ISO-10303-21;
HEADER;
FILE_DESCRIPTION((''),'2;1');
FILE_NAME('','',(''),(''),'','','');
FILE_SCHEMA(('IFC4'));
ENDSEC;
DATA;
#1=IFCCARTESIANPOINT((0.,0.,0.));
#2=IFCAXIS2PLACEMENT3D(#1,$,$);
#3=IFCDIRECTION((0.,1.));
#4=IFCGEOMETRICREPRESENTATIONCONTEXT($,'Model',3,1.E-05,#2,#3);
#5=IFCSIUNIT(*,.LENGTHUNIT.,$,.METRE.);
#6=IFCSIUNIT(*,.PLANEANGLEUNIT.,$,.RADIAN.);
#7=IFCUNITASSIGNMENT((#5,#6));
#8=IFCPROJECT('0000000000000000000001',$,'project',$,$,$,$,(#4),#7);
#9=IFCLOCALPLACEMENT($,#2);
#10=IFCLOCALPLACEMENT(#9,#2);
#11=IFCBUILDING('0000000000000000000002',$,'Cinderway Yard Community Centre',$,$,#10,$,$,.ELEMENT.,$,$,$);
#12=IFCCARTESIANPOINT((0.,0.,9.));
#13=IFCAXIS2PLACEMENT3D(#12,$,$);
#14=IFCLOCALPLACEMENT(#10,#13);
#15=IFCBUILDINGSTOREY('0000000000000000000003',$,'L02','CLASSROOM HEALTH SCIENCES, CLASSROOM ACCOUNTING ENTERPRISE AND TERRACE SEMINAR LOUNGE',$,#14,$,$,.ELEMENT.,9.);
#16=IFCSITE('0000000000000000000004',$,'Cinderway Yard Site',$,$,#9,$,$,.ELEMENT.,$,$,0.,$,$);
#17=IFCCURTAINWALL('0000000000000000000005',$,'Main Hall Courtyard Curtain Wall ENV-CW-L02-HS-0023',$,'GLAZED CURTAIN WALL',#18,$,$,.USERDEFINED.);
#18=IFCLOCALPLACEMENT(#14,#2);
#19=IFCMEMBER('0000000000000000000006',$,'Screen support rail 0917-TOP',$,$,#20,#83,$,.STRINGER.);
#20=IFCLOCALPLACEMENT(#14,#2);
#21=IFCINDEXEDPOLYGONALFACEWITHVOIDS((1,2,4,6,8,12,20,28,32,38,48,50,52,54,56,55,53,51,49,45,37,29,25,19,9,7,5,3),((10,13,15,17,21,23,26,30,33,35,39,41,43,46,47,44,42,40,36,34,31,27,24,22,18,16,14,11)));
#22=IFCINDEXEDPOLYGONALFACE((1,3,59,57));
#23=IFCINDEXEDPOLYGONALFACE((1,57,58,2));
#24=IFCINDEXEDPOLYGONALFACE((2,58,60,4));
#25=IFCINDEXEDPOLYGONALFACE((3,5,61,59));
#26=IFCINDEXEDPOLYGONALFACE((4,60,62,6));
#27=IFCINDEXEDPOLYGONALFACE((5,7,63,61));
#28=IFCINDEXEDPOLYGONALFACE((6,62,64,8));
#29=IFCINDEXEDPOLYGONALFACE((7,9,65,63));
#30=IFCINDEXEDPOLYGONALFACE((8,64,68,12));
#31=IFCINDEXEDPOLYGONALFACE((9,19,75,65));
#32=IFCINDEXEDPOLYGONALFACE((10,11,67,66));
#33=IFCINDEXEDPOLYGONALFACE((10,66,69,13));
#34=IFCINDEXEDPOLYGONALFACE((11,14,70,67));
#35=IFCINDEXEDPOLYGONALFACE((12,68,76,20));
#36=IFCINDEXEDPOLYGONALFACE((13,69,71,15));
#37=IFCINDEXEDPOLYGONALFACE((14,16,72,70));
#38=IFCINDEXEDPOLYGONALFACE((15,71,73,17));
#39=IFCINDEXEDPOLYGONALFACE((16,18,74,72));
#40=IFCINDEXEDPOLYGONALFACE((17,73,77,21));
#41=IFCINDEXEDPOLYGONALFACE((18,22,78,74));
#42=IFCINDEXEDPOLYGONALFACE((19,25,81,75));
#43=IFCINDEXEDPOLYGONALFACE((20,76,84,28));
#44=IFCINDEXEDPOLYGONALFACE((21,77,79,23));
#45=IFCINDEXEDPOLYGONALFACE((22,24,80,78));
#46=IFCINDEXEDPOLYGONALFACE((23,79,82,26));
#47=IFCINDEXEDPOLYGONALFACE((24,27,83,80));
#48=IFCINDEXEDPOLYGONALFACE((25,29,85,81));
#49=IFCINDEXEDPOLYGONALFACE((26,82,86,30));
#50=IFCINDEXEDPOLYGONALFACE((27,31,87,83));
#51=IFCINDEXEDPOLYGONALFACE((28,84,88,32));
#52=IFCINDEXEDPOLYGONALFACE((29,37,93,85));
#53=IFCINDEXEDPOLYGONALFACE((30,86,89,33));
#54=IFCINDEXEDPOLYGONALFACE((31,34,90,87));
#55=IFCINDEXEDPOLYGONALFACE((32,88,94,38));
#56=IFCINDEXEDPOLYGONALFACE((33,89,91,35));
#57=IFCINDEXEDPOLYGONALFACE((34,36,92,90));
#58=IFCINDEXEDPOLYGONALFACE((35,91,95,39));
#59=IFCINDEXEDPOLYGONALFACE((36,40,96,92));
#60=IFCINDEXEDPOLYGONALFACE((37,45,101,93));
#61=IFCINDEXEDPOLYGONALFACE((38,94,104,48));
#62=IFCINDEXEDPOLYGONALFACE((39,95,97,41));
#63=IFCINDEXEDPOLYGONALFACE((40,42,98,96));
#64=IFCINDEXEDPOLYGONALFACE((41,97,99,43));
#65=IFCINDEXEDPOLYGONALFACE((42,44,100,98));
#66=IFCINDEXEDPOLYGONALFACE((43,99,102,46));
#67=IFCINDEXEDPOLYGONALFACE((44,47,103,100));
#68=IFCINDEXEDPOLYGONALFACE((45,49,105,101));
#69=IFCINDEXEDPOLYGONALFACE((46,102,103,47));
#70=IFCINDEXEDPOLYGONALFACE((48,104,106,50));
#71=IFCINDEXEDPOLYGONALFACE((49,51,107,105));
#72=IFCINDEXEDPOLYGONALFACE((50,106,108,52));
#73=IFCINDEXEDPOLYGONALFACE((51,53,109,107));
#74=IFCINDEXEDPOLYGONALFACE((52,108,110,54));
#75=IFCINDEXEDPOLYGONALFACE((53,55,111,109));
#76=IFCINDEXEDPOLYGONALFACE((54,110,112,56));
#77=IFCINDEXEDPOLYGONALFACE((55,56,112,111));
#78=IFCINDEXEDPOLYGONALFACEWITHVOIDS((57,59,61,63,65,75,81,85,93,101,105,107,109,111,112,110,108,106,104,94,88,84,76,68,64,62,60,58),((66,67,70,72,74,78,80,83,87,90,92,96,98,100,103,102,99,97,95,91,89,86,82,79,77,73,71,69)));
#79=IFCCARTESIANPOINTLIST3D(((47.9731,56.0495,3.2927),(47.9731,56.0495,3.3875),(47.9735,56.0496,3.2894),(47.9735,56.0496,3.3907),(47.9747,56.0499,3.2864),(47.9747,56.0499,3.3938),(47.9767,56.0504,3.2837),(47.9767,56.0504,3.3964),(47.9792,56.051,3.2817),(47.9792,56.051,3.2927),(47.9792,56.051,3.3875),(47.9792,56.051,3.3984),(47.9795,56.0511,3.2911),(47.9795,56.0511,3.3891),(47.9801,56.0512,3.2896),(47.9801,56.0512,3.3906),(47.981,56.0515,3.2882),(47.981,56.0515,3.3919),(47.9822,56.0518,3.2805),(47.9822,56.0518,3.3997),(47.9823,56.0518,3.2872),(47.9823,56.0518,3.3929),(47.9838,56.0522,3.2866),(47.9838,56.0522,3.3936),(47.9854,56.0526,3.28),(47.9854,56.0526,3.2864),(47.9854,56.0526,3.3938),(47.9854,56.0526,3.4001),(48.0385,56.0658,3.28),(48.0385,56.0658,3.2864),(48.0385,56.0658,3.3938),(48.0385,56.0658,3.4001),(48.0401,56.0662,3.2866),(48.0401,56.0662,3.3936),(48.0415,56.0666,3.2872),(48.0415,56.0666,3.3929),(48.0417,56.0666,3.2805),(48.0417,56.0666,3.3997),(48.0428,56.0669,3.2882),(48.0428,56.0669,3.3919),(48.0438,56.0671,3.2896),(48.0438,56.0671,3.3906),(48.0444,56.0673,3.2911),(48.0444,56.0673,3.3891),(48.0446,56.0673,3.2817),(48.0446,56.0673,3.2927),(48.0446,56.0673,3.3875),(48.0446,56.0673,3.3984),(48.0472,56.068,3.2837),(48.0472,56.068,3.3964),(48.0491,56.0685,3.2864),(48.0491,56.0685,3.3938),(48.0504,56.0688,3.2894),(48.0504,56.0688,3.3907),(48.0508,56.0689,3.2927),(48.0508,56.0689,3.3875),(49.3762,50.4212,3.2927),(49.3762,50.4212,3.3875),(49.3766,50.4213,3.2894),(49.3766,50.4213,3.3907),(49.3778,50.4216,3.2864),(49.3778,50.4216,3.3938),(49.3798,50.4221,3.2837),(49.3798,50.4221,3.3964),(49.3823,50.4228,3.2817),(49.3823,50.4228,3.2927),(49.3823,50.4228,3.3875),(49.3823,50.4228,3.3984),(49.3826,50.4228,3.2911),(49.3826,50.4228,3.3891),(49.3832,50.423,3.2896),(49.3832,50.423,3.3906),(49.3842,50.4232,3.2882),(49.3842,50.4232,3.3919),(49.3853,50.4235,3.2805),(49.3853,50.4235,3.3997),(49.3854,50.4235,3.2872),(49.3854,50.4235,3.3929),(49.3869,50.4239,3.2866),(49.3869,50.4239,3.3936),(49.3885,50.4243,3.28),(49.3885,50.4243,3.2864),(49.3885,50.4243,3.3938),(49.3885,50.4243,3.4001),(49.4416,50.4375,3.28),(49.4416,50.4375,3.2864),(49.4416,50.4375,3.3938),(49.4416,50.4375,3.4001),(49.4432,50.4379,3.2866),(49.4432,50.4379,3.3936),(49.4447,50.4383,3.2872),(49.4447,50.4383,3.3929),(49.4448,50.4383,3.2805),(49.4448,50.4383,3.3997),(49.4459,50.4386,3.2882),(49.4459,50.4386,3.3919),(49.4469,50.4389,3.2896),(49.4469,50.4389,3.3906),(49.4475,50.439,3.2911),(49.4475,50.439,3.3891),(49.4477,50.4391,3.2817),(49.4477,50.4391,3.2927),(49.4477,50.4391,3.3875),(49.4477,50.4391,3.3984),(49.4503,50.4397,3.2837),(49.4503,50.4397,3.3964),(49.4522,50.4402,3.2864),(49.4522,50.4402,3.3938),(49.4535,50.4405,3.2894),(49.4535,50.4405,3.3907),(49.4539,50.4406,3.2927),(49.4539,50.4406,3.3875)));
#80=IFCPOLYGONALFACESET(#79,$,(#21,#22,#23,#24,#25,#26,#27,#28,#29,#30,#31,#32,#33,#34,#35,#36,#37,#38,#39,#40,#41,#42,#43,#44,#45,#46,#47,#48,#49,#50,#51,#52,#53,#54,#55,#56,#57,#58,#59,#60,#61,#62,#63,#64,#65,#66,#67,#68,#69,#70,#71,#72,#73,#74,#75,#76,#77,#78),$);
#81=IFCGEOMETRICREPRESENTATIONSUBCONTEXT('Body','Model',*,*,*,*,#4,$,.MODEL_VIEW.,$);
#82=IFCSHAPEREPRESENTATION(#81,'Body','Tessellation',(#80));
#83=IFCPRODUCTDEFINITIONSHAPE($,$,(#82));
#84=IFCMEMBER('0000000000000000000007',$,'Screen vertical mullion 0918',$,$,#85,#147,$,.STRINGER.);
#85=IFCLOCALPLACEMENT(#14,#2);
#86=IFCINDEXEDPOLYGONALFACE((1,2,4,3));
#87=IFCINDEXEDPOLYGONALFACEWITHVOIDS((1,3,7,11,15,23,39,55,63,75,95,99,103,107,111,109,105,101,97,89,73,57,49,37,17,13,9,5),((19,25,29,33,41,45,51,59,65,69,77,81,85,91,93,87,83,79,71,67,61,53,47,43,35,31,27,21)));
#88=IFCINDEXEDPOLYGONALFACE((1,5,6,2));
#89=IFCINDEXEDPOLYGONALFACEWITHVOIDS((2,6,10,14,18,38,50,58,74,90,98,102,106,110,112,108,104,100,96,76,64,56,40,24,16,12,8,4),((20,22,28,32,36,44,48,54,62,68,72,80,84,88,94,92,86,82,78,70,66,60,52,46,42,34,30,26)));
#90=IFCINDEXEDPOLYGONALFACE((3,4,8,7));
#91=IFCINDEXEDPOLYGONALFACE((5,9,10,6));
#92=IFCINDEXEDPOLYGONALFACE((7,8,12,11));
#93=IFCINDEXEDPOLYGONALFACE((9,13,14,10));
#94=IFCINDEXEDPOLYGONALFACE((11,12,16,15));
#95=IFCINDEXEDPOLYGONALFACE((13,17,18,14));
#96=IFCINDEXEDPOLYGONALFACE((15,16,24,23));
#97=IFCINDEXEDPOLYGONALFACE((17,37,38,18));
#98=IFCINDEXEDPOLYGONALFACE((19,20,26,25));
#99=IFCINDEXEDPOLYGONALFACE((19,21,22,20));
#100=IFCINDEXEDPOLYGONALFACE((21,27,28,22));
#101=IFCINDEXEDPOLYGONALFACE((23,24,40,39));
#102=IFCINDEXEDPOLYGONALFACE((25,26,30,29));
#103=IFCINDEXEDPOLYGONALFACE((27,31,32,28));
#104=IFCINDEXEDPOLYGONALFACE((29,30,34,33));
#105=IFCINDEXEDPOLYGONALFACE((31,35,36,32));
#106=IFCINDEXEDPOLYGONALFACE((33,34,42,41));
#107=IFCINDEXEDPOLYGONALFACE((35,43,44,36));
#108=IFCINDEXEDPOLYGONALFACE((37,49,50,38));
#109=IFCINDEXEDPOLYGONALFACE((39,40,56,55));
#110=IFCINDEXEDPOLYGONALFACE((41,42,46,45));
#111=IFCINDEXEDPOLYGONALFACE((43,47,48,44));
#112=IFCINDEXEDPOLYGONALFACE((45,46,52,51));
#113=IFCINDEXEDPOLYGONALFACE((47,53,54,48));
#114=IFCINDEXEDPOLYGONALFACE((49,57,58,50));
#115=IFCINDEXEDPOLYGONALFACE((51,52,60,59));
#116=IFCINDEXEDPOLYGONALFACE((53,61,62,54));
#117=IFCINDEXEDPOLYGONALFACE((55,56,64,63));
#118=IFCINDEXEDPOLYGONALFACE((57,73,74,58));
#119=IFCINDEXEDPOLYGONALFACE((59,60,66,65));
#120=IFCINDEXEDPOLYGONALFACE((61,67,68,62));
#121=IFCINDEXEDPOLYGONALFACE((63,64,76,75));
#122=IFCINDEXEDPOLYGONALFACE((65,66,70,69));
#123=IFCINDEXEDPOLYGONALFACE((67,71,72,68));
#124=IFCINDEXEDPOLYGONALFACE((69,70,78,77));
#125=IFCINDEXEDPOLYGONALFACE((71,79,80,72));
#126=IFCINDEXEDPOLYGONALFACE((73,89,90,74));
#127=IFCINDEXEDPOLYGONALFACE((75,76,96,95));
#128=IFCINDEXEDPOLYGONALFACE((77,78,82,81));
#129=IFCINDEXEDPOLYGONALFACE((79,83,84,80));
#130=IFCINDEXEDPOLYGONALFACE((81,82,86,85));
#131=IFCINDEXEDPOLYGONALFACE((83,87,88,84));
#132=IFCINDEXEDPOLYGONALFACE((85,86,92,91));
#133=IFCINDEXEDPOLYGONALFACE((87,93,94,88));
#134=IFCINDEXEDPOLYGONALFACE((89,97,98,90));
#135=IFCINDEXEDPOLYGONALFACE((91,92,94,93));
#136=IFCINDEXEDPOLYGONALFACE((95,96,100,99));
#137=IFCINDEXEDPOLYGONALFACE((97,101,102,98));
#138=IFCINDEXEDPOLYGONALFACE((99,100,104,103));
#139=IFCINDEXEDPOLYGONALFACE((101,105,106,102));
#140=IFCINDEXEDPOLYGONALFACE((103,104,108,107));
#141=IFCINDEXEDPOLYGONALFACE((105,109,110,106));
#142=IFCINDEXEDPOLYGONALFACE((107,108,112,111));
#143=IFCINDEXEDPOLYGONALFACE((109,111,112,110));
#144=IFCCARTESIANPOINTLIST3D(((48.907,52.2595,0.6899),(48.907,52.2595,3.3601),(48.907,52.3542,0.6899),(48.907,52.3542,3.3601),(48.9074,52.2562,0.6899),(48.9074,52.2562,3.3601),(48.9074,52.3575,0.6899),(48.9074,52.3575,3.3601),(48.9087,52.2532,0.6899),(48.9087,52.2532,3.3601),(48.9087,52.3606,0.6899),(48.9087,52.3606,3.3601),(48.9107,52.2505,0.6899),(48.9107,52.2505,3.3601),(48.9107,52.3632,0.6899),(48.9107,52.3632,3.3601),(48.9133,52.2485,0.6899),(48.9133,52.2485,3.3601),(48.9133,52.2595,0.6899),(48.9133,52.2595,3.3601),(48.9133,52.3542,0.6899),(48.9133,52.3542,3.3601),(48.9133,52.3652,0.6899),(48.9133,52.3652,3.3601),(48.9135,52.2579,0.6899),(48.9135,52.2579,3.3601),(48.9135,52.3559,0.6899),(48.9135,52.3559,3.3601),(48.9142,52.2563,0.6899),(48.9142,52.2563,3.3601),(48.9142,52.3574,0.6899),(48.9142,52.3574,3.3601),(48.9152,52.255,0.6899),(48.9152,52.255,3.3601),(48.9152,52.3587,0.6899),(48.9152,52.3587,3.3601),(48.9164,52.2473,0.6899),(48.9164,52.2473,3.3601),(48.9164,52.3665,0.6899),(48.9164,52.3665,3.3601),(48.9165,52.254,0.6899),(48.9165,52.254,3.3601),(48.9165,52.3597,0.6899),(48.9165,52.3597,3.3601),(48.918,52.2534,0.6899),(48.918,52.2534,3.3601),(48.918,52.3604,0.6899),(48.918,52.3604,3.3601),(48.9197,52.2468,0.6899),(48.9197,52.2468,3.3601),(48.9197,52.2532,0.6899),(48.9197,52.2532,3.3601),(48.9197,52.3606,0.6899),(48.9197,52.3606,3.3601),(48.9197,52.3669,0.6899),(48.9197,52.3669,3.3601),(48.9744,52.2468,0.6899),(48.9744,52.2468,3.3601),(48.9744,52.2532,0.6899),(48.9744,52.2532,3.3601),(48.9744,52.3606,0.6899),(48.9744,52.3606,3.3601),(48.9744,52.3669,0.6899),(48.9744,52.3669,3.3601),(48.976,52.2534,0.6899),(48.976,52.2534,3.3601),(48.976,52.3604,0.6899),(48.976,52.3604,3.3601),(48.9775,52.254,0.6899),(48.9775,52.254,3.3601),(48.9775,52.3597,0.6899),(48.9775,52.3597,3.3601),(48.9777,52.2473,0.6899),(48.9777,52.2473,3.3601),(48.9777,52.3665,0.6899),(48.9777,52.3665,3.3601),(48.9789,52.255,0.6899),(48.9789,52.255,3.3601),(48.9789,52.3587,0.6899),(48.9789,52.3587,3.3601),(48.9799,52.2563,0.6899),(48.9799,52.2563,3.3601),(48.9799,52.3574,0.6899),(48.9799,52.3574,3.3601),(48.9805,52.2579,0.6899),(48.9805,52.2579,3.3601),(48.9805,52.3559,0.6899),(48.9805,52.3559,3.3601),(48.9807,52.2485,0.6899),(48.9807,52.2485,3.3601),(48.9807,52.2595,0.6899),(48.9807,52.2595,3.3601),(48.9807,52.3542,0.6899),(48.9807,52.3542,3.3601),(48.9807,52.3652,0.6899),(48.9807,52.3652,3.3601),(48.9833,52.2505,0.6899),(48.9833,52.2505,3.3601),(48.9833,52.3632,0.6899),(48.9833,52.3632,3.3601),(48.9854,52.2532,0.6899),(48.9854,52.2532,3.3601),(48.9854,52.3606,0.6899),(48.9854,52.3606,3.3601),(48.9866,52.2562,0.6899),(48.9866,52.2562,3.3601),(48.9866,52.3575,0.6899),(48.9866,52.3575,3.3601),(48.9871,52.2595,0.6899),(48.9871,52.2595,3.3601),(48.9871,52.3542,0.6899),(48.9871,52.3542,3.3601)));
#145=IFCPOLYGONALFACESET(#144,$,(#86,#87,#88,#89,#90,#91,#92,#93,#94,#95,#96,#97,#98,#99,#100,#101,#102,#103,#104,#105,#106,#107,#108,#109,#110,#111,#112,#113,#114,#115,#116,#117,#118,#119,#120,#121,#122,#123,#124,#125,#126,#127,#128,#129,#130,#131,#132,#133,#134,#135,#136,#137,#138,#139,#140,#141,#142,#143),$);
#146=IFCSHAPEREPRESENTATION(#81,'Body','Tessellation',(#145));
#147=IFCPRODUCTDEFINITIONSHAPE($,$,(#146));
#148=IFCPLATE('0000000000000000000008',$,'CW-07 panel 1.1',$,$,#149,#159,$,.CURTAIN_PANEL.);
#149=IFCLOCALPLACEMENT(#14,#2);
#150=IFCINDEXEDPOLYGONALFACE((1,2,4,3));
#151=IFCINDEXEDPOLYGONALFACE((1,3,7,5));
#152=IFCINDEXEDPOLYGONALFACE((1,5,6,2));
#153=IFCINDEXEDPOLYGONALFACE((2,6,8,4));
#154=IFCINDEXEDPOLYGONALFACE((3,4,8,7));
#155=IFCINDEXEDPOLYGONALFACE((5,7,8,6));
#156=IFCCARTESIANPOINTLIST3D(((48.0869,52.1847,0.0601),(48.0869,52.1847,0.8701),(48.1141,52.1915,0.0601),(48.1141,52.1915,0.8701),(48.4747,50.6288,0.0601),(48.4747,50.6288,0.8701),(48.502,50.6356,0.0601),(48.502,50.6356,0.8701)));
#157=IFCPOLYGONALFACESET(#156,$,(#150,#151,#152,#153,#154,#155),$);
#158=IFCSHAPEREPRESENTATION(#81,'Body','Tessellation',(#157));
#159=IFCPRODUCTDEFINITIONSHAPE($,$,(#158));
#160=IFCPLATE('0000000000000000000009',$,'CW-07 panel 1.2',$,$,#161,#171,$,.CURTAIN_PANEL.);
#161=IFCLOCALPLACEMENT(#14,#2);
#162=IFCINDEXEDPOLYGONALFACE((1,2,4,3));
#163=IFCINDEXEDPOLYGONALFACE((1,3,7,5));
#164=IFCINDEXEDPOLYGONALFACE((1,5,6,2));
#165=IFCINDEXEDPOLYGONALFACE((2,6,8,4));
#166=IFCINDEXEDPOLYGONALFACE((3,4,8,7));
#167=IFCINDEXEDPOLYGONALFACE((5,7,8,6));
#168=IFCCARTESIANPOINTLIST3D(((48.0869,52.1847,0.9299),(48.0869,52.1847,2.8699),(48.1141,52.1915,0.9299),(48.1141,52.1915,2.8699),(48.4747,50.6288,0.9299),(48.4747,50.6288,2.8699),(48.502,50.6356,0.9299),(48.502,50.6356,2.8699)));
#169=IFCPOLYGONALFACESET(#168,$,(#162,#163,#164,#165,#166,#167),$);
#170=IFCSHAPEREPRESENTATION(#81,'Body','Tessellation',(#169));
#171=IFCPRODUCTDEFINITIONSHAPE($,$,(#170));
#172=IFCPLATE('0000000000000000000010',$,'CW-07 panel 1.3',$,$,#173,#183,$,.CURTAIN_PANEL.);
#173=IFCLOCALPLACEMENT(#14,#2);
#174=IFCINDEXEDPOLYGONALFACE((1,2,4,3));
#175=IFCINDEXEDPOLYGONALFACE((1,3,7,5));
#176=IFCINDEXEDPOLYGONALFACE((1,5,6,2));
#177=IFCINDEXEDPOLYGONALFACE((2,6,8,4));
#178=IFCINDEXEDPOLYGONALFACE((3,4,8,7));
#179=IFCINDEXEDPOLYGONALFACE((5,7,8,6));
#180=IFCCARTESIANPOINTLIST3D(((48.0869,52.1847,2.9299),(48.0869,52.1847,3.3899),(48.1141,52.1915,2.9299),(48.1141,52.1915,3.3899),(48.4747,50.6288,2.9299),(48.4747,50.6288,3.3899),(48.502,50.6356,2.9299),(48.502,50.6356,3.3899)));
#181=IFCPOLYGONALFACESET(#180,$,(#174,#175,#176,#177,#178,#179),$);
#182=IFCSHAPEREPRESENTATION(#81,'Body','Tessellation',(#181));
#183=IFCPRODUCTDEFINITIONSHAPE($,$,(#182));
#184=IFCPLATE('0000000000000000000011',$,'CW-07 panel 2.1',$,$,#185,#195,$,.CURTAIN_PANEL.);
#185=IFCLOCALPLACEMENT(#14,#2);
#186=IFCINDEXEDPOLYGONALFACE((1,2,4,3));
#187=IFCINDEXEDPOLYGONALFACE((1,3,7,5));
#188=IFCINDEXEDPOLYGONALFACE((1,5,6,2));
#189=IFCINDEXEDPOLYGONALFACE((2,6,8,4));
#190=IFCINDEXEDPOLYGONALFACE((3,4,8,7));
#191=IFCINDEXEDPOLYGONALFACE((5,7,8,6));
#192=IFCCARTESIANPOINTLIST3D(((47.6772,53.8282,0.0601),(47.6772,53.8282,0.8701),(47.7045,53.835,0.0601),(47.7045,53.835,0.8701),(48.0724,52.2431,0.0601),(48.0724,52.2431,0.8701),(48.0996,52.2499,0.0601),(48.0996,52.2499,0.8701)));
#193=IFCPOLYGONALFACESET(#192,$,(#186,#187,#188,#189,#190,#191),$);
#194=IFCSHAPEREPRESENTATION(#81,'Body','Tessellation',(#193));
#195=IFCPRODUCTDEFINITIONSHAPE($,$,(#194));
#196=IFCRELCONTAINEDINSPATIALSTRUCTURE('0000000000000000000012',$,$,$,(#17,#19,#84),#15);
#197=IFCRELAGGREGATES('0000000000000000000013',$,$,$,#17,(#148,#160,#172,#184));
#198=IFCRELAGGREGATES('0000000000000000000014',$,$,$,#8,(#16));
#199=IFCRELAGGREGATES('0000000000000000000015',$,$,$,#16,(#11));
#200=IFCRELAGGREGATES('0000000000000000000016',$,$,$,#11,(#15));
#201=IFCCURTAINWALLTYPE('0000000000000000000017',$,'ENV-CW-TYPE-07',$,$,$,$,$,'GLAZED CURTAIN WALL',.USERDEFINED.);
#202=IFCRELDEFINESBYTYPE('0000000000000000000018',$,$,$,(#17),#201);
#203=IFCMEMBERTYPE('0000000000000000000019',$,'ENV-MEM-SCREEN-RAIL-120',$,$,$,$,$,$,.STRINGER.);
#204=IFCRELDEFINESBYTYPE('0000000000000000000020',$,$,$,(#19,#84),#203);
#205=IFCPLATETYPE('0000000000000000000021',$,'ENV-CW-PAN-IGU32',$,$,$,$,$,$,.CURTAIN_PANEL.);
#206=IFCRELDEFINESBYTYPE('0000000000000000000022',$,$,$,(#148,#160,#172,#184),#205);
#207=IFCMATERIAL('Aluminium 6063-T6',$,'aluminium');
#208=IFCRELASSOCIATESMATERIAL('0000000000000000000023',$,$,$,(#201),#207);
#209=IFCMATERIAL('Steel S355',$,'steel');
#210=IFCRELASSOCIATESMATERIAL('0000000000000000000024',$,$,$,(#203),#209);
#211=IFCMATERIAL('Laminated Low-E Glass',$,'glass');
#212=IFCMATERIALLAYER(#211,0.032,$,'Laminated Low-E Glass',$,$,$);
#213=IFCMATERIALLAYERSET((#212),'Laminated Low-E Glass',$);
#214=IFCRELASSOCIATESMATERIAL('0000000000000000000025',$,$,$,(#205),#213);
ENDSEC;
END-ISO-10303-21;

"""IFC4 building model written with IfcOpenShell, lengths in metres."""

from ifc_helpers import new_model, si_unit, direction, frame, origin, origin_2d, place, context, subcontext, project, spatial, rectangle, hollow_rectangle, extrude, material, layer, layer_set, material_profile, profile_set, type_object, element, aggregate, save


model = new_model("IFC4")

# Units and contexts
model_context = context("Model", 3, precision=1e-05, world=origin(), true_north=direction((0.0, 1.0)))
body_context = subcontext(model_context, "Body", "Model", "MODEL_VIEW")
ifc_project = project(units=[si_unit("LENGTHUNIT", "METRE"), si_unit("PLANEANGLEUNIT", "RADIAN")], contexts=[model_context])

# Site, building, storey
site_placement = place(None, origin())
site = spatial("IfcSite", under=ifc_project, at=site_placement, Name="Cinderway Yard Site", CompositionType="ELEMENT", RefElevation=0.0)
building_placement = place(site_placement, origin())
building = spatial("IfcBuilding", under=site, at=building_placement, Name="Cinderway Yard Community Centre", CompositionType="ELEMENT")
storey_placement = place(building_placement, frame((0.0, 0.0, 9.0)))
storey = spatial("IfcBuildingStorey", under=building, at=storey_placement, Name="L02", Description="CLASSROOM HEALTH SCIENCES, CLASSROOM ACCOUNTING ENTERPRISE AND TERRACE SEMINAR LOUNGE", CompositionType="ELEMENT", Elevation=9.0)

# Curtain wall
ifc_material_1 = material(Name="Aluminium 6063-T6", Category="aluminium")
curtain_wall_type = type_object("IfcCurtainWallType", Name="ENV-CW-TYPE-07", ElementType="GLAZED CURTAIN WALL", PredefinedType="USERDEFINED", material=ifc_material_1)
curtain_wall_placement = place(storey_placement, origin())
curtain_wall = element("IfcCurtainWall", 1, at=curtain_wall_placement, inside=storey, type_object=curtain_wall_type, Name="Main Hall Courtyard Curtain Wall ENV-CW-L02-HS-0023", ObjectType="GLAZED CURTAIN WALL", PredefinedType="USERDEFINED")

# Members
ifc_material_2 = material(Name="Steel S355", Category="steel")
ifc_material_profile_1 = material_profile(ifc_material_2, hollow_rectangle(XDim=0.0801, YDim=0.1201, WallThickness=0.0063, InnerFilletRadius=0.0063, OuterFilletRadius=0.0127, at=origin_2d()), Name="Steel S355")
ifc_profile_set_1 = profile_set([ifc_material_profile_1], Name="Steel S355")
member_type_1 = type_object("IfcMemberType", Name="ENV-MEM-SCREEN-RAIL-120", PredefinedType="STRINGER", material=ifc_profile_set_1)
for number, where, z_axis, x_axis, name in (
    (2, (49.415, 50.4309, 3.3401), (-0.241892, 0.970303, 0.0), (-0.970303, -0.241892, 0.0), "Screen support rail 0917-TOP"),
):
    element("IfcMember", number, at=place(storey_placement, frame(where, z_axis=z_axis, x_axis=x_axis)), inside=storey, type_object=member_type_1, Name=name, PredefinedType="STRINGER", context=body_context, shape_type="SweptSolid", body=[
        extrude(hollow_rectangle(XDim=0.0801, YDim=0.1201, WallThickness=0.0063, InnerFilletRadius=0.0063, OuterFilletRadius=0.0127, at=origin_2d()), origin(), (0.0, 0.0, 1.0), 5.8005),
    ])
member_1_placement = place(storey_placement, frame((48.947, 52.3069, 0.6899), z_axis=(0.0, 0.0, 1.0), x_axis=(1.0, 0.0, 0.0)))
element("IfcMember", 3, at=member_1_placement, inside=storey, type_object=member_type_1, Name="Screen vertical mullion 0918", PredefinedType="STRINGER", context=body_context, shape_type="SweptSolid", body=[
    extrude(hollow_rectangle(XDim=0.0801, YDim=0.1201, WallThickness=0.0063, InnerFilletRadius=0.0063, OuterFilletRadius=0.0127, at=origin_2d()), origin(), (0.0, 0.0, 1.0), 2.6702),
])

# Plates
ifc_material_3 = material(Name="Laminated Low-E Glass", Category="glass")
ifc_layer_1 = layer(ifc_material_3, 0.032, Name="Laminated Low-E Glass")
ifc_layer_set_1 = layer_set([ifc_layer_1], Name="Laminated Low-E Glass")
plate_type_1 = type_object("IfcPlateType", Name="ENV-CW-PAN-IGU32", PredefinedType="CURTAIN_PANEL", material=ifc_layer_set_1)
plate_1_placement = place(storey_placement, frame((48.2944, 51.4102, 0.0601), z_axis=(0.0, 0.0, 1.0), x_axis=(-0.241887, 0.970304, 0.0)))
plate_1 = element("IfcPlate", 4, at=plate_1_placement, type_object=plate_type_1, Name="CW-07 panel 1.1", PredefinedType="CURTAIN_PANEL", context=body_context, shape_type="SweptSolid", body=[
    extrude(rectangle(XDim=1.6035, YDim=0.0281, at=origin_2d()), origin(), (0.0, 0.0, 1.0), 0.8101),
])
plate_2_placement = place(storey_placement, frame((48.2944, 51.4102, 0.9299), z_axis=(0.0, 0.0, 1.0), x_axis=(-0.241887, 0.970304, 0.0)))
plate_2 = element("IfcPlate", 5, at=plate_2_placement, type_object=plate_type_1, Name="CW-07 panel 1.2", PredefinedType="CURTAIN_PANEL", context=body_context, shape_type="SweptSolid", body=[
    extrude(rectangle(XDim=1.6035, YDim=0.0281, at=origin_2d()), origin(), (0.0, 0.0, 1.0), 1.9399),
])
plate_3_placement = place(storey_placement, frame((48.2944, 51.4102, 2.9299), z_axis=(0.0, 0.0, 1.0), x_axis=(-0.241887, 0.970304, 0.0)))
plate_3 = element("IfcPlate", 6, at=plate_3_placement, type_object=plate_type_1, Name="CW-07 panel 1.3", PredefinedType="CURTAIN_PANEL", context=body_context, shape_type="SweptSolid", body=[
    extrude(rectangle(XDim=1.6035, YDim=0.0281, at=origin_2d()), origin(), (0.0, 0.0, 1.0), 0.46),
])
plate_4_placement = place(storey_placement, frame((47.8884, 53.0391, 0.0601), z_axis=(0.0, 0.0, 1.0), x_axis=(-0.241887, 0.970304, 0.0)))
plate_4 = element("IfcPlate", 7, at=plate_4_placement, type_object=plate_type_1, Name="CW-07 panel 2.1", PredefinedType="CURTAIN_PANEL", context=body_context, shape_type="SweptSolid", body=[
    extrude(rectangle(XDim=1.6335, YDim=0.0281, at=origin_2d()), origin(), (0.0, 0.0, 1.0), 0.8101),
])
aggregate(curtain_wall, [plate_1, plate_2, plate_3, plate_4])

save(model, "model.ifc")
